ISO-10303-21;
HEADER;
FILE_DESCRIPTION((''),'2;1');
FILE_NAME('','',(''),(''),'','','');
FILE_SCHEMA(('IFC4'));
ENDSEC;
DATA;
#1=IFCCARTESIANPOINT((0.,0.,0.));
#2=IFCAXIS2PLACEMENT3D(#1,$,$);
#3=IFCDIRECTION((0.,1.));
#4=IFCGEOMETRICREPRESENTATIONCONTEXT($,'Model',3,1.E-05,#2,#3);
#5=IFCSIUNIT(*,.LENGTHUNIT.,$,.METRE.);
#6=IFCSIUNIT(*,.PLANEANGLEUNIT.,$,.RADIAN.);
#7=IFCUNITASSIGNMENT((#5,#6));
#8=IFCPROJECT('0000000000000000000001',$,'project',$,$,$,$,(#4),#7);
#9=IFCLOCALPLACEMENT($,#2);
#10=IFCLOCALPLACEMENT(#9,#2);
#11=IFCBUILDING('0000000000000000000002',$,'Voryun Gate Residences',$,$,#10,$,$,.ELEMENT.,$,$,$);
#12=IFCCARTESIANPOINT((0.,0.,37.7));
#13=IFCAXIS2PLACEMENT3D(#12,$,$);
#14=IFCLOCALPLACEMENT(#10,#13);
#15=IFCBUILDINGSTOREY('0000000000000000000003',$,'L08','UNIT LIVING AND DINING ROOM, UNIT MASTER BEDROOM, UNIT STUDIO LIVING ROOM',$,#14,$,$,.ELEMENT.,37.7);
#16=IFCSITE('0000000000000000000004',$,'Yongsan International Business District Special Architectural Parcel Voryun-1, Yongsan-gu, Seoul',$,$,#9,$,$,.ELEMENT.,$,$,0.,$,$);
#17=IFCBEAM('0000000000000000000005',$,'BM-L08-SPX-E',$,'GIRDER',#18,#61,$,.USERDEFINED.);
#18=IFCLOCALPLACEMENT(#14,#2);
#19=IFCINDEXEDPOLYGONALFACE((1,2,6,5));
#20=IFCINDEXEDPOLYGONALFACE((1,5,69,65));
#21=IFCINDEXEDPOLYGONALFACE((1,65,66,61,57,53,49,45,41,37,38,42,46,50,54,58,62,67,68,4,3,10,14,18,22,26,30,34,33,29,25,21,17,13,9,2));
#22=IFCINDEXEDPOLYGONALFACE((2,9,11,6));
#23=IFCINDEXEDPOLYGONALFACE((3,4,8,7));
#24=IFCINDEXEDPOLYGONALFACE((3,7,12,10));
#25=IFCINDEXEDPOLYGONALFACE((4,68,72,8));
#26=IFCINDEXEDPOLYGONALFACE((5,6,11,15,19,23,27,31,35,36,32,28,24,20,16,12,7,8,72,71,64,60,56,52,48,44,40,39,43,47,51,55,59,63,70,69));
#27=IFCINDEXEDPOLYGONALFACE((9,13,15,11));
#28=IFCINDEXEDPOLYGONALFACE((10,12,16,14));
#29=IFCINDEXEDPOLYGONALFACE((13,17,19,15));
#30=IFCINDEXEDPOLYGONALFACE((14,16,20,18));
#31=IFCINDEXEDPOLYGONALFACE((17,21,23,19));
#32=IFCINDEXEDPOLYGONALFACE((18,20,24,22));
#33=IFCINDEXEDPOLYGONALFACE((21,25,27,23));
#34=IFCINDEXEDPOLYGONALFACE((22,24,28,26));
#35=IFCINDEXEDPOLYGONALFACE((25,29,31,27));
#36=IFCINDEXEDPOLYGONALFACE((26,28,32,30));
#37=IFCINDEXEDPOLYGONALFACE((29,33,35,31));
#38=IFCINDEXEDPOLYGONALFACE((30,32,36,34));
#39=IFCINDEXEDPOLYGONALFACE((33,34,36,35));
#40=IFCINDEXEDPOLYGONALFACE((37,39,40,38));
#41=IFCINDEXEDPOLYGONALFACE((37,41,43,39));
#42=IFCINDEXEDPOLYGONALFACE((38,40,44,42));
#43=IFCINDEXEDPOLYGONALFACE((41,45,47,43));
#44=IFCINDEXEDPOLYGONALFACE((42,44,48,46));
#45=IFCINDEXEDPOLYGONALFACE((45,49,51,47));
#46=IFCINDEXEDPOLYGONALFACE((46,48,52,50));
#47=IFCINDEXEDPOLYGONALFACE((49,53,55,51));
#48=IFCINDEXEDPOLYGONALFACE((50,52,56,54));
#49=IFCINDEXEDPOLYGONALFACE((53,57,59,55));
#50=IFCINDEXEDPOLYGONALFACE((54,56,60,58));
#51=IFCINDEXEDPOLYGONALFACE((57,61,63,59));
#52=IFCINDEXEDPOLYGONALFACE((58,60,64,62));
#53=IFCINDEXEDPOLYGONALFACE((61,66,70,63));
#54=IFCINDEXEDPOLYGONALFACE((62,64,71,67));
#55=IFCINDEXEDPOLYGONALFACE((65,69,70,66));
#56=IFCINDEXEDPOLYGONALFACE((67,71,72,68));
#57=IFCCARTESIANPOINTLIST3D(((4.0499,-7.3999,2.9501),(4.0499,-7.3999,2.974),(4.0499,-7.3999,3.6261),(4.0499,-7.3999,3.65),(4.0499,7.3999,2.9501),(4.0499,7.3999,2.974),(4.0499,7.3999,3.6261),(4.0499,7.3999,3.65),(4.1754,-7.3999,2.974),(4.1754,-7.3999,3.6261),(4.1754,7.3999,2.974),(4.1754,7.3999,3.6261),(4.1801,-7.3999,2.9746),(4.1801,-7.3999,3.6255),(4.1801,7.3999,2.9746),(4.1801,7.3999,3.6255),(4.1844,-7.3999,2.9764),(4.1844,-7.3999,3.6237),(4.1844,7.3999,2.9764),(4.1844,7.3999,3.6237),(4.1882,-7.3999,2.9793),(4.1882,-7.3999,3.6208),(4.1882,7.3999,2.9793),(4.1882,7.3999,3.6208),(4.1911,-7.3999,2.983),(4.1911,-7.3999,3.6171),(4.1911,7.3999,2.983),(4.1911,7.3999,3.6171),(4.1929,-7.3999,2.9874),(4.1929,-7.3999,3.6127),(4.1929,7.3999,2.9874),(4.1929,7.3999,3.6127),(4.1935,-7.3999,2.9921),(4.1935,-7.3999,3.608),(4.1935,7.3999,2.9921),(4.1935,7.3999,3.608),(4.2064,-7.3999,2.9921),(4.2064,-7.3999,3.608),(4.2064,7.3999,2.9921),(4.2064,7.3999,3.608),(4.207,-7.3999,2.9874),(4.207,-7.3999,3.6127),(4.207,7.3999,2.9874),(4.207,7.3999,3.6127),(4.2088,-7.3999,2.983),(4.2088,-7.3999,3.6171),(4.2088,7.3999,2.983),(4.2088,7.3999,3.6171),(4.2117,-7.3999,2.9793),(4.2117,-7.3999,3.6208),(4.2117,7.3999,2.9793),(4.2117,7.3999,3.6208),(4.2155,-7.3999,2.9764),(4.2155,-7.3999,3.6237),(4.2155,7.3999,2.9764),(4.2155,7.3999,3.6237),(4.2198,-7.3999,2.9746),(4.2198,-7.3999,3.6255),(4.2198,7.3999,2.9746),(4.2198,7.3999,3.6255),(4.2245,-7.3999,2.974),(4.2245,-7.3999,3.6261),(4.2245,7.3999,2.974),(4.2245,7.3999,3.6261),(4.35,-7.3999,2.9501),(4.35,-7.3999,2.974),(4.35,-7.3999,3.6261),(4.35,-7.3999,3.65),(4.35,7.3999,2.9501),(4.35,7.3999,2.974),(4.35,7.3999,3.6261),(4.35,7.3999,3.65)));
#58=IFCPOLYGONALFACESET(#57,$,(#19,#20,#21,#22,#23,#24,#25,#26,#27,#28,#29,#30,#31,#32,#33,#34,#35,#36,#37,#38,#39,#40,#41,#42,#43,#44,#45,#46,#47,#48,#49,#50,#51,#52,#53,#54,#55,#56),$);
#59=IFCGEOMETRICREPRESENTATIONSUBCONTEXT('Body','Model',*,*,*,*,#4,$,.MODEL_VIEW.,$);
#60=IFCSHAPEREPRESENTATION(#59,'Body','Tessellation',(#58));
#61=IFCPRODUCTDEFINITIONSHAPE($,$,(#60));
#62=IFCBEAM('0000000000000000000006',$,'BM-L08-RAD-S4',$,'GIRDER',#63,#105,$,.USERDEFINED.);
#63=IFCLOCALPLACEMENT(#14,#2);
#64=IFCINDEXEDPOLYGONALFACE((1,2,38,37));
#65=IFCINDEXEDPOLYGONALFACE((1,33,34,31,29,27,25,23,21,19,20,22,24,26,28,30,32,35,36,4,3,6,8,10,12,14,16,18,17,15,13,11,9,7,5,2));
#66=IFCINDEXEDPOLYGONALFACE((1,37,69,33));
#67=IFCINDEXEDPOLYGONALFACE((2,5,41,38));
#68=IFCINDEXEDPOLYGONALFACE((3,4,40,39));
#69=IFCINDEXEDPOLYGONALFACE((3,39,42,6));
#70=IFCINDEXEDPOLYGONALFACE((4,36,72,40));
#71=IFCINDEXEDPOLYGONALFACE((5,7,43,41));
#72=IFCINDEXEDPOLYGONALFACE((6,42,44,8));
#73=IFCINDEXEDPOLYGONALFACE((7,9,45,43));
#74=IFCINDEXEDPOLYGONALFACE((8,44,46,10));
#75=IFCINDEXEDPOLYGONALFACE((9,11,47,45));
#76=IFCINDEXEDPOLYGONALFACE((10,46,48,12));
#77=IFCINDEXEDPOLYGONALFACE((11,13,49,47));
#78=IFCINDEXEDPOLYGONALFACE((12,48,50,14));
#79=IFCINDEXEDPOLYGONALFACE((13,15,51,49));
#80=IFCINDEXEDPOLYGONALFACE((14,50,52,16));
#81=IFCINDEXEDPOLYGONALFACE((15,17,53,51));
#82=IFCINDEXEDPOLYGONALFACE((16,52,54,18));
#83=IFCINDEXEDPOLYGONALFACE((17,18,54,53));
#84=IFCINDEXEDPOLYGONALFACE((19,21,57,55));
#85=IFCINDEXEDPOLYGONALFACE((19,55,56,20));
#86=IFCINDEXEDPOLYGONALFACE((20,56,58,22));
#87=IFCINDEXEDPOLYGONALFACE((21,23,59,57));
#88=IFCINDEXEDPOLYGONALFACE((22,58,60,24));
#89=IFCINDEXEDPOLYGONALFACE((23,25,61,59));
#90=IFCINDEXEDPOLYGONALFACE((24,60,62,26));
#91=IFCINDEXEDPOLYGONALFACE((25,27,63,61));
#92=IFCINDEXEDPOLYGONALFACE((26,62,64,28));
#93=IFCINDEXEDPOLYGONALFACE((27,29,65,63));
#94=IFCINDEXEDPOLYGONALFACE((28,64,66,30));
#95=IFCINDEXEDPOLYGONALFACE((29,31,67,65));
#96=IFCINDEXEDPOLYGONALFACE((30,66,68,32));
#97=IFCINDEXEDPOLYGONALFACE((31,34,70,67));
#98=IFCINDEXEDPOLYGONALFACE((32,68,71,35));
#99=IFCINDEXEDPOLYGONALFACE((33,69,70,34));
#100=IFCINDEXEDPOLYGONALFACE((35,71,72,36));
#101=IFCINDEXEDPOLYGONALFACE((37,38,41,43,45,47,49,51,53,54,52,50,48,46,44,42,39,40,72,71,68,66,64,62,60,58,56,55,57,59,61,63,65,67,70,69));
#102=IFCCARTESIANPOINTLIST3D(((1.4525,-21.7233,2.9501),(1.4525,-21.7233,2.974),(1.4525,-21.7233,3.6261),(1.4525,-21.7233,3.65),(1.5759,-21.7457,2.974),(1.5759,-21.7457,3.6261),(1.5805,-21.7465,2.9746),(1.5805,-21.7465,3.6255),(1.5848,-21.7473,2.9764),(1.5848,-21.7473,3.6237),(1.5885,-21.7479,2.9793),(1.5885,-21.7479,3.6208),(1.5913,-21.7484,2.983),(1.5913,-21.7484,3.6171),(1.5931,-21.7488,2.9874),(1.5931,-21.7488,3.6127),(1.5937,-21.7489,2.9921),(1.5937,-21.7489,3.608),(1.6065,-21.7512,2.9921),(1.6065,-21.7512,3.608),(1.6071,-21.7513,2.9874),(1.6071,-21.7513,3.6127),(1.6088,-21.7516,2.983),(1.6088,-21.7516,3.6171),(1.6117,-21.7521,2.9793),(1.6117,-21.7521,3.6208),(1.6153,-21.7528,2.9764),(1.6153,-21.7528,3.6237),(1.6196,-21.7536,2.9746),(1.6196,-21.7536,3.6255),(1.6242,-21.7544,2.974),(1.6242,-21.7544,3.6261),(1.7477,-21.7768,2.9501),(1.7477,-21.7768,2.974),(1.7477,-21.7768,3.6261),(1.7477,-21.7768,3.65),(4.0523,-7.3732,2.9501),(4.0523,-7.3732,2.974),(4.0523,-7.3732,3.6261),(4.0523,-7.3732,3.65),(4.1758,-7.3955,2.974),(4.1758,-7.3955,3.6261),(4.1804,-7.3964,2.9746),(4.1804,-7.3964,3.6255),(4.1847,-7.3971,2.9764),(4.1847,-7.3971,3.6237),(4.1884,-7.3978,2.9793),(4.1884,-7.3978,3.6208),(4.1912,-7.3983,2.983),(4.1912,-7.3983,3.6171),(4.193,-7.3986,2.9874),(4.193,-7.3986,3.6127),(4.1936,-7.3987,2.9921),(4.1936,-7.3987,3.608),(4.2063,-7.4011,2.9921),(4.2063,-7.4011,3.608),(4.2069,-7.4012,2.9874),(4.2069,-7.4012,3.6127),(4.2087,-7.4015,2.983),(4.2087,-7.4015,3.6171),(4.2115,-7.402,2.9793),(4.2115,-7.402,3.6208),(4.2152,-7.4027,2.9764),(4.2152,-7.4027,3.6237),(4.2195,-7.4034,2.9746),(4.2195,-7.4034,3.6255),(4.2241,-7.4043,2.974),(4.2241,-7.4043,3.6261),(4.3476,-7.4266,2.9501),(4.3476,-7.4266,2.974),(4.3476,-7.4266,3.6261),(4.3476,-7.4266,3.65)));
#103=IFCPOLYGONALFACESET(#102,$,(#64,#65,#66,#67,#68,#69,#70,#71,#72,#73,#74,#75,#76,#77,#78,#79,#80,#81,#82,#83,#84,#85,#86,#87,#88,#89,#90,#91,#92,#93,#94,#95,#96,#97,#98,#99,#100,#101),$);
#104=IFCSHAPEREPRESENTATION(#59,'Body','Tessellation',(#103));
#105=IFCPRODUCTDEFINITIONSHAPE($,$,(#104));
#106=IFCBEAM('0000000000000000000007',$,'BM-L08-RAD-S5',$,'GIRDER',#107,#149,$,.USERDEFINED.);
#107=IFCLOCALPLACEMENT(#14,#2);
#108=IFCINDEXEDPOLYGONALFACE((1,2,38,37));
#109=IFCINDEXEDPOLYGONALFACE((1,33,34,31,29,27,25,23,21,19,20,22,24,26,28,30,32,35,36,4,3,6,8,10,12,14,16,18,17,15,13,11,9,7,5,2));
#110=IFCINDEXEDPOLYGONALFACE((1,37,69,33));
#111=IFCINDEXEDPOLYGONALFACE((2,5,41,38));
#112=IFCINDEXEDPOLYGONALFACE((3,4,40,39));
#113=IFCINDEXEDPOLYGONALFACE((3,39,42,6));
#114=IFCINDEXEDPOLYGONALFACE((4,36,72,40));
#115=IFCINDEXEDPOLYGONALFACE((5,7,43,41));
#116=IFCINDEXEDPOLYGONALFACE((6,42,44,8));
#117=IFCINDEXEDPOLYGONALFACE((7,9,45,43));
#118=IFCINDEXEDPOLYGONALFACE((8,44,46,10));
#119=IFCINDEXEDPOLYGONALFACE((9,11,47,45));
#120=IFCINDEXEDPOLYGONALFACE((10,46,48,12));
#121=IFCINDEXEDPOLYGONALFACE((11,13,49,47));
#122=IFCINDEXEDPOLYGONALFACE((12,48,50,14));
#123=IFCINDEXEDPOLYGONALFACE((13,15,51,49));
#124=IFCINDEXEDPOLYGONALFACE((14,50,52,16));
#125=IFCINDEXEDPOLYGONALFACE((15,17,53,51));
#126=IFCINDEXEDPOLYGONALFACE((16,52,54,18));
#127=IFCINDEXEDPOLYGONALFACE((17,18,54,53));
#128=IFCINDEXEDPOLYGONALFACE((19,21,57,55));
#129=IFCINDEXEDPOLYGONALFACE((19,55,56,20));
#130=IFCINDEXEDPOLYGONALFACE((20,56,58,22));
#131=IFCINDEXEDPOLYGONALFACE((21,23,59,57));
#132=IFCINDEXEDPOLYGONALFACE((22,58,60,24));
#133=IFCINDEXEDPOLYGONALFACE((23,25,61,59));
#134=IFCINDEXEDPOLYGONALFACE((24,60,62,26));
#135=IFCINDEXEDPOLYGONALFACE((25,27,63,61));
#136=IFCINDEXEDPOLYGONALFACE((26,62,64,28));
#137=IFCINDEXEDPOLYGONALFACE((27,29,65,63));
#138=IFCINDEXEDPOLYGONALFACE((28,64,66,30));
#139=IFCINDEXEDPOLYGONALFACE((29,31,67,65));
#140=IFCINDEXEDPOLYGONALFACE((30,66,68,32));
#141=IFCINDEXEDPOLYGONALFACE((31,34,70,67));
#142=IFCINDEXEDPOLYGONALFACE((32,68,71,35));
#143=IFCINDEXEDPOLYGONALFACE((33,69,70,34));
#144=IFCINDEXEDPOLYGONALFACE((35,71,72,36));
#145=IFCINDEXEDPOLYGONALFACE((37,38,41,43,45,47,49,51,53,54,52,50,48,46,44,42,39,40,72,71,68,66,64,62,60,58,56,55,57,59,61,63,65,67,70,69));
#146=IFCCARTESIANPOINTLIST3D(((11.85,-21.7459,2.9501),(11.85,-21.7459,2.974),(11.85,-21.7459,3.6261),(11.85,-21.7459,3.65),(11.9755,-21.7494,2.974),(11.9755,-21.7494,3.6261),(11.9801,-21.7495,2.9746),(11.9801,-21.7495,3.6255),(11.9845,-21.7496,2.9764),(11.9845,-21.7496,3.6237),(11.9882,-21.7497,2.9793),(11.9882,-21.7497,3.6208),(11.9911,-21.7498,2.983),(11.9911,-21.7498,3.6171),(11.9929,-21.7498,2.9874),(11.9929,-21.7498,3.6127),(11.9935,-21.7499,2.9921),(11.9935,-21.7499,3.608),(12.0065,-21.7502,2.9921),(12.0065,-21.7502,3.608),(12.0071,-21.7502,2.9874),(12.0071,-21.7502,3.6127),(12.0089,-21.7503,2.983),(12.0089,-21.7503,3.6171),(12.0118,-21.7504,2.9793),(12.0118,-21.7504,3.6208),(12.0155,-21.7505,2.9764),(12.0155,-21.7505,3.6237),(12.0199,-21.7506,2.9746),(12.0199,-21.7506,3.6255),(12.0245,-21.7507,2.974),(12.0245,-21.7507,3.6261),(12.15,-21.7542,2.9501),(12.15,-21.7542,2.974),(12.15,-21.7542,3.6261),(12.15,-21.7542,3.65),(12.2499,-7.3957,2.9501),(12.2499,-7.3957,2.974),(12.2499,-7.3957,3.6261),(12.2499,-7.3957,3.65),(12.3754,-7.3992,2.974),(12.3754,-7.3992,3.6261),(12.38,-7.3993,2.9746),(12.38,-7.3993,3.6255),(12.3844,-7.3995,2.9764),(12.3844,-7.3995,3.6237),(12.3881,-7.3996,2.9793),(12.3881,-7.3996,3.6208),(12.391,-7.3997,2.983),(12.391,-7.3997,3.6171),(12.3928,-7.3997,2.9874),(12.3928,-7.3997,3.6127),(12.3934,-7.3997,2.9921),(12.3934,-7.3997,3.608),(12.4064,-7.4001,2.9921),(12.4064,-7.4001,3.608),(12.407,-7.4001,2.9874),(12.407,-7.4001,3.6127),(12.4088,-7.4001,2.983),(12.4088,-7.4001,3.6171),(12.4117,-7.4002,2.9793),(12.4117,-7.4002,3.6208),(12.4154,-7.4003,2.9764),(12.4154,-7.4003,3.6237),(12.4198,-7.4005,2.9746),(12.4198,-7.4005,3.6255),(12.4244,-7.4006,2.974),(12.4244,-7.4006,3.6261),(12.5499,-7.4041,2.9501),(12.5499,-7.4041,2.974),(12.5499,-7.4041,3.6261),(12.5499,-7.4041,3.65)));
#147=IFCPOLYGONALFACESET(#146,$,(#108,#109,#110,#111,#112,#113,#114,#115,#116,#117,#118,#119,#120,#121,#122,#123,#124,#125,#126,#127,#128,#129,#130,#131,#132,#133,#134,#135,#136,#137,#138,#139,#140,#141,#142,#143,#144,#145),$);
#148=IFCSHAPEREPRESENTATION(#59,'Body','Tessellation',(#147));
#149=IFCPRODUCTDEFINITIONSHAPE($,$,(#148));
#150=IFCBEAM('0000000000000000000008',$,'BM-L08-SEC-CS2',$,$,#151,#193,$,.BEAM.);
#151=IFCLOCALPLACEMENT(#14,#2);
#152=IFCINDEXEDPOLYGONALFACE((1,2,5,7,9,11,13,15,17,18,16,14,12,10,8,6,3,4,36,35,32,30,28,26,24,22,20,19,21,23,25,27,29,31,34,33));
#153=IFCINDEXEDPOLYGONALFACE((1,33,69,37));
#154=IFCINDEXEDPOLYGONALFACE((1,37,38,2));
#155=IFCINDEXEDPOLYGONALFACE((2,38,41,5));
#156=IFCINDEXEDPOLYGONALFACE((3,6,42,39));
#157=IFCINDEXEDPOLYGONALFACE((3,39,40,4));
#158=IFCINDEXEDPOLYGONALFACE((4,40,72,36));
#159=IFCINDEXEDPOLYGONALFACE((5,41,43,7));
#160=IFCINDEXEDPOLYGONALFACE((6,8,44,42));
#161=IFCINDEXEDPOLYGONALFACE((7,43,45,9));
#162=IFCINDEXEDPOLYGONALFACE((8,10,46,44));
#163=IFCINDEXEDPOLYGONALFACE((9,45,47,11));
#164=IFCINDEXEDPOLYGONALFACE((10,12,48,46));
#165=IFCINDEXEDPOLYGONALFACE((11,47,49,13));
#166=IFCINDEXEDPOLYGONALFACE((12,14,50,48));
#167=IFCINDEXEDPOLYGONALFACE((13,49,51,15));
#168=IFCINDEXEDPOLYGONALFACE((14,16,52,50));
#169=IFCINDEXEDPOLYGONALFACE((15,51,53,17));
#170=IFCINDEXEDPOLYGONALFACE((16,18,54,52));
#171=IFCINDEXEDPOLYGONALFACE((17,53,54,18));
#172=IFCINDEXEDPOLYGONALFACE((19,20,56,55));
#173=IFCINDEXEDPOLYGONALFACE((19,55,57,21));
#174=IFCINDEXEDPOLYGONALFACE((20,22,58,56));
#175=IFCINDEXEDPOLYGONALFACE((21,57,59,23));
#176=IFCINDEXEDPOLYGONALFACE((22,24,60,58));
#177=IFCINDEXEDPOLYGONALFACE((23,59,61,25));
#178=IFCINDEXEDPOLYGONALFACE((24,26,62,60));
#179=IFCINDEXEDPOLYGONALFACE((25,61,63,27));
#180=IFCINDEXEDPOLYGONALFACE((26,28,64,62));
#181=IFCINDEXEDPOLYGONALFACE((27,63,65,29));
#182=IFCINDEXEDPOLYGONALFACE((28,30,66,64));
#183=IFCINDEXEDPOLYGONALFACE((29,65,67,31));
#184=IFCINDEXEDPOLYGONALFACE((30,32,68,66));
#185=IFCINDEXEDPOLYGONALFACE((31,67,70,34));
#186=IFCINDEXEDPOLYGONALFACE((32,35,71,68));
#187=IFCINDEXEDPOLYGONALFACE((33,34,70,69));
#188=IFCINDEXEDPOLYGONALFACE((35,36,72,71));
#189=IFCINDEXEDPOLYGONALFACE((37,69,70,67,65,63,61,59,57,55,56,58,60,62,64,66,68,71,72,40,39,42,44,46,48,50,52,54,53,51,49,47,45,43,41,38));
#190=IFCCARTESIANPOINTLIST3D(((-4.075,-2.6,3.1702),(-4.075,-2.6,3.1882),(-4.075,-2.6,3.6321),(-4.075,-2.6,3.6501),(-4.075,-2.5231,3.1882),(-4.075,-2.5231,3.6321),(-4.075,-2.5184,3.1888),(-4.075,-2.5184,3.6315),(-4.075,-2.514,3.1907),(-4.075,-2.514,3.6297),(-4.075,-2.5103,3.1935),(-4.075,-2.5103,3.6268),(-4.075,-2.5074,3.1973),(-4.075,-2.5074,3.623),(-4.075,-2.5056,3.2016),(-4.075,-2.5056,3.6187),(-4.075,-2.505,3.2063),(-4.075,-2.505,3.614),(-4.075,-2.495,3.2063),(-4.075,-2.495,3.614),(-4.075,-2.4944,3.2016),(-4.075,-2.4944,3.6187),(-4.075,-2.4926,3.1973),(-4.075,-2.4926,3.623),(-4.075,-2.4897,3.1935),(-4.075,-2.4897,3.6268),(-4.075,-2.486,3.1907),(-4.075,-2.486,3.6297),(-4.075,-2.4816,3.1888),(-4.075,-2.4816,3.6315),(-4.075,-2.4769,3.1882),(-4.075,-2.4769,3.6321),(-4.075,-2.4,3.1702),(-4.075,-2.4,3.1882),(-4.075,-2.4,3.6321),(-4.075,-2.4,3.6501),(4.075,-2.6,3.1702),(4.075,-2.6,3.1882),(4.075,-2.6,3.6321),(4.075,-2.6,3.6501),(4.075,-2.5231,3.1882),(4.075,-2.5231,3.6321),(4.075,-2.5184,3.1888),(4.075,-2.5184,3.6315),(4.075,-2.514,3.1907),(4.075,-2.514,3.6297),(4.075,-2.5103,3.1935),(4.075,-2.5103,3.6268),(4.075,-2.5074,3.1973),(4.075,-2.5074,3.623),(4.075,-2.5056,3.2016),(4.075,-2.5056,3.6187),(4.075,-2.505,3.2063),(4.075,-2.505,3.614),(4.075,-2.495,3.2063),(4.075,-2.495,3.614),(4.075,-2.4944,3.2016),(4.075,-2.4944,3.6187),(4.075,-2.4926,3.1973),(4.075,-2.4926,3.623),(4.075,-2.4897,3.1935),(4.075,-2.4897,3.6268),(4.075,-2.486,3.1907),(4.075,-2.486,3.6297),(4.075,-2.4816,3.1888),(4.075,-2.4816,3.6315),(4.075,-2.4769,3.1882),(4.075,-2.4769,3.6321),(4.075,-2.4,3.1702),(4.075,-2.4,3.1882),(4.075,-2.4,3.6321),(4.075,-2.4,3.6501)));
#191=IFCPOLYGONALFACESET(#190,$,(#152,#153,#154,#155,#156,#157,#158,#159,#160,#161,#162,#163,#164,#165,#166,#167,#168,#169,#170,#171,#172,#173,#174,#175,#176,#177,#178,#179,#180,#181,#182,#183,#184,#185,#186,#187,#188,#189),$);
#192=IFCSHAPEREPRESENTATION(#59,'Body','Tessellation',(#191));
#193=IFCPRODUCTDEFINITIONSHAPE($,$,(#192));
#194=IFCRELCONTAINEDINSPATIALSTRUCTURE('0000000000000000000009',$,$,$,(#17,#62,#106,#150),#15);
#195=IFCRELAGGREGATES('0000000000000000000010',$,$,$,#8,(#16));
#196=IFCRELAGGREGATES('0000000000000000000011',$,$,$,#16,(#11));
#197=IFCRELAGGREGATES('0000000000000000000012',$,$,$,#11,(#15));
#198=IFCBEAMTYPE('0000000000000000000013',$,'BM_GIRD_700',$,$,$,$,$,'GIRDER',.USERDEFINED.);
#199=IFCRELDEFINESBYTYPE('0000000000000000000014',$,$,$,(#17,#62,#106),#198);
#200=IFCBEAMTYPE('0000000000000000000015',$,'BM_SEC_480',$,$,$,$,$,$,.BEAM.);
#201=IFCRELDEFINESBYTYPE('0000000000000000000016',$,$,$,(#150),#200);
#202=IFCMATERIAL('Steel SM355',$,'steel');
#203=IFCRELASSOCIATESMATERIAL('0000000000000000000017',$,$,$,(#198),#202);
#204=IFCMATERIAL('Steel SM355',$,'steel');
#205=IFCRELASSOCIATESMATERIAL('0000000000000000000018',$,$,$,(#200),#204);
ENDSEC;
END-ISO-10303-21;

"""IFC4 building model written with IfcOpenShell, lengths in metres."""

from ifc_helpers import new_model, si_unit, direction, frame, origin, origin_2d, place, context, subcontext, project, spatial, i_section, extrude, material, material_profile, profile_set, type_object, element, save


model = new_model("IFC4")

# Units and contexts
model_context = context("Model", 3, precision=1e-05, world=origin(), true_north=direction((0.0, 1.0)))
body_context = subcontext(model_context, "Body", "Model", "MODEL_VIEW")
ifc_project = project(units=[si_unit("LENGTHUNIT", "METRE"), si_unit("PLANEANGLEUNIT", "RADIAN")], contexts=[model_context])

# Site, building, storey
site_placement = place(None, origin())
site = spatial("IfcSite", under=ifc_project, at=site_placement, Name="Yongsan International Business District Special Architectural Parcel Voryun-1, Yongsan-gu, Seoul", CompositionType="ELEMENT", RefElevation=0.0)
building_placement = place(site_placement, origin())
building = spatial("IfcBuilding", under=site, at=building_placement, Name="Voryun Gate Residences", CompositionType="ELEMENT")
storey_placement = place(building_placement, frame((0.0, 0.0, 37.7)))
storey = spatial("IfcBuildingStorey", under=building, at=storey_placement, Name="L08", Description="UNIT LIVING AND DINING ROOM, UNIT MASTER BEDROOM, UNIT STUDIO LIVING ROOM", CompositionType="ELEMENT", Elevation=37.7)

# Beams
ifc_material_1 = material(Name="Steel SM355", Category="steel")
ifc_material_profile_1 = material_profile(ifc_material_1, i_section(OverallWidth=0.3, OverallDepth=0.7, WebThickness=0.0129, FlangeThickness=0.0239, FilletRadius=0.0181, at=origin_2d()), Name="H-700x300x13x24")
ifc_profile_set_1 = profile_set([ifc_material_profile_1], Name="Steel SM355")
beam_type_1 = type_object("IfcBeamType", Name="BM_GIRD_700", ElementType="GIRDER", PredefinedType="USERDEFINED", material=ifc_profile_set_1)
for number, where, z_axis, x_axis, name in (
    (1, (4.2, -7.3999, 3.3), (0.0, 1.0, 0.0), (-1.0, 0.0, 0.0), "BM-L08-SPX-E"),
):
    element("IfcBeam", number, at=place(storey_placement, frame(where, z_axis=z_axis, x_axis=x_axis)), inside=storey, type_object=beam_type_1, Name=name, ObjectType="GIRDER", PredefinedType="USERDEFINED", context=body_context, shape_type="SweptSolid", body=[
        extrude(i_section(OverallWidth=0.3, OverallDepth=0.7, WebThickness=0.0129, FlangeThickness=0.0239, FilletRadius=0.0181, at=origin_2d()), origin(), (0.0, 0.0, 1.0), 14.7998),
    ])
beam_1_placement = place(storey_placement, frame((4.2, -7.3999, 3.3), z_axis=(-0.178271, -0.983981, 0.0), x_axis=(0.983981, -0.178271, 0.0)))
element("IfcBeam", 2, at=beam_1_placement, inside=storey, type_object=beam_type_1, Name="BM-L08-RAD-S4", ObjectType="GIRDER", PredefinedType="USERDEFINED", context=body_context, shape_type="SweptSolid", body=[
    extrude(i_section(OverallWidth=0.3, OverallDepth=0.7, WebThickness=0.0129, FlangeThickness=0.0239, FilletRadius=0.0181, at=origin_2d()), origin(), (0.0, 0.0, 1.0), 14.5837),
])
beam_2_placement = place(storey_placement, frame((12.3999, -7.3999, 3.3), z_axis=(-0.027857, -0.999612, 0.0), x_axis=(0.999612, -0.027857, 0.0)))
element("IfcBeam", 3, at=beam_2_placement, inside=storey, type_object=beam_type_1, Name="BM-L08-RAD-S5", ObjectType="GIRDER", PredefinedType="USERDEFINED", context=body_context, shape_type="SweptSolid", body=[
    extrude(i_section(OverallWidth=0.3, OverallDepth=0.7, WebThickness=0.0129, FlangeThickness=0.0239, FilletRadius=0.0181, at=origin_2d()), origin(), (0.0, 0.0, 1.0), 14.3557),
])
ifc_material_2 = material(Name="Steel SM355", Category="steel")
ifc_material_profile_2 = material_profile(ifc_material_2, i_section(OverallWidth=0.2, OverallDepth=0.48, WebThickness=0.01, FlangeThickness=0.0181, FilletRadius=0.0181, at=origin_2d()), Name="H-480x200x10x18")
ifc_profile_set_2 = profile_set([ifc_material_profile_2], Name="Steel SM355")
beam_type_2 = type_object("IfcBeamType", Name="BM_SEC_480", PredefinedType="BEAM", material=ifc_profile_set_2)
beam_3_placement = place(storey_placement, frame((-4.075, -2.5, 3.4102), z_axis=(1.0, 0.0, 0.0), x_axis=(0.0, 1.0, 0.0)))
element("IfcBeam", 4, at=beam_3_placement, inside=storey, type_object=beam_type_2, Name="BM-L08-SEC-CS2", PredefinedType="BEAM", context=body_context, shape_type="SweptSolid", body=[
    extrude(i_section(OverallWidth=0.2, OverallDepth=0.48, WebThickness=0.01, FlangeThickness=0.0181, FilletRadius=0.0181, at=origin_2d()), origin(), (0.0, 0.0, 1.0), 8.1499),
])

save(model, "model.ifc")
